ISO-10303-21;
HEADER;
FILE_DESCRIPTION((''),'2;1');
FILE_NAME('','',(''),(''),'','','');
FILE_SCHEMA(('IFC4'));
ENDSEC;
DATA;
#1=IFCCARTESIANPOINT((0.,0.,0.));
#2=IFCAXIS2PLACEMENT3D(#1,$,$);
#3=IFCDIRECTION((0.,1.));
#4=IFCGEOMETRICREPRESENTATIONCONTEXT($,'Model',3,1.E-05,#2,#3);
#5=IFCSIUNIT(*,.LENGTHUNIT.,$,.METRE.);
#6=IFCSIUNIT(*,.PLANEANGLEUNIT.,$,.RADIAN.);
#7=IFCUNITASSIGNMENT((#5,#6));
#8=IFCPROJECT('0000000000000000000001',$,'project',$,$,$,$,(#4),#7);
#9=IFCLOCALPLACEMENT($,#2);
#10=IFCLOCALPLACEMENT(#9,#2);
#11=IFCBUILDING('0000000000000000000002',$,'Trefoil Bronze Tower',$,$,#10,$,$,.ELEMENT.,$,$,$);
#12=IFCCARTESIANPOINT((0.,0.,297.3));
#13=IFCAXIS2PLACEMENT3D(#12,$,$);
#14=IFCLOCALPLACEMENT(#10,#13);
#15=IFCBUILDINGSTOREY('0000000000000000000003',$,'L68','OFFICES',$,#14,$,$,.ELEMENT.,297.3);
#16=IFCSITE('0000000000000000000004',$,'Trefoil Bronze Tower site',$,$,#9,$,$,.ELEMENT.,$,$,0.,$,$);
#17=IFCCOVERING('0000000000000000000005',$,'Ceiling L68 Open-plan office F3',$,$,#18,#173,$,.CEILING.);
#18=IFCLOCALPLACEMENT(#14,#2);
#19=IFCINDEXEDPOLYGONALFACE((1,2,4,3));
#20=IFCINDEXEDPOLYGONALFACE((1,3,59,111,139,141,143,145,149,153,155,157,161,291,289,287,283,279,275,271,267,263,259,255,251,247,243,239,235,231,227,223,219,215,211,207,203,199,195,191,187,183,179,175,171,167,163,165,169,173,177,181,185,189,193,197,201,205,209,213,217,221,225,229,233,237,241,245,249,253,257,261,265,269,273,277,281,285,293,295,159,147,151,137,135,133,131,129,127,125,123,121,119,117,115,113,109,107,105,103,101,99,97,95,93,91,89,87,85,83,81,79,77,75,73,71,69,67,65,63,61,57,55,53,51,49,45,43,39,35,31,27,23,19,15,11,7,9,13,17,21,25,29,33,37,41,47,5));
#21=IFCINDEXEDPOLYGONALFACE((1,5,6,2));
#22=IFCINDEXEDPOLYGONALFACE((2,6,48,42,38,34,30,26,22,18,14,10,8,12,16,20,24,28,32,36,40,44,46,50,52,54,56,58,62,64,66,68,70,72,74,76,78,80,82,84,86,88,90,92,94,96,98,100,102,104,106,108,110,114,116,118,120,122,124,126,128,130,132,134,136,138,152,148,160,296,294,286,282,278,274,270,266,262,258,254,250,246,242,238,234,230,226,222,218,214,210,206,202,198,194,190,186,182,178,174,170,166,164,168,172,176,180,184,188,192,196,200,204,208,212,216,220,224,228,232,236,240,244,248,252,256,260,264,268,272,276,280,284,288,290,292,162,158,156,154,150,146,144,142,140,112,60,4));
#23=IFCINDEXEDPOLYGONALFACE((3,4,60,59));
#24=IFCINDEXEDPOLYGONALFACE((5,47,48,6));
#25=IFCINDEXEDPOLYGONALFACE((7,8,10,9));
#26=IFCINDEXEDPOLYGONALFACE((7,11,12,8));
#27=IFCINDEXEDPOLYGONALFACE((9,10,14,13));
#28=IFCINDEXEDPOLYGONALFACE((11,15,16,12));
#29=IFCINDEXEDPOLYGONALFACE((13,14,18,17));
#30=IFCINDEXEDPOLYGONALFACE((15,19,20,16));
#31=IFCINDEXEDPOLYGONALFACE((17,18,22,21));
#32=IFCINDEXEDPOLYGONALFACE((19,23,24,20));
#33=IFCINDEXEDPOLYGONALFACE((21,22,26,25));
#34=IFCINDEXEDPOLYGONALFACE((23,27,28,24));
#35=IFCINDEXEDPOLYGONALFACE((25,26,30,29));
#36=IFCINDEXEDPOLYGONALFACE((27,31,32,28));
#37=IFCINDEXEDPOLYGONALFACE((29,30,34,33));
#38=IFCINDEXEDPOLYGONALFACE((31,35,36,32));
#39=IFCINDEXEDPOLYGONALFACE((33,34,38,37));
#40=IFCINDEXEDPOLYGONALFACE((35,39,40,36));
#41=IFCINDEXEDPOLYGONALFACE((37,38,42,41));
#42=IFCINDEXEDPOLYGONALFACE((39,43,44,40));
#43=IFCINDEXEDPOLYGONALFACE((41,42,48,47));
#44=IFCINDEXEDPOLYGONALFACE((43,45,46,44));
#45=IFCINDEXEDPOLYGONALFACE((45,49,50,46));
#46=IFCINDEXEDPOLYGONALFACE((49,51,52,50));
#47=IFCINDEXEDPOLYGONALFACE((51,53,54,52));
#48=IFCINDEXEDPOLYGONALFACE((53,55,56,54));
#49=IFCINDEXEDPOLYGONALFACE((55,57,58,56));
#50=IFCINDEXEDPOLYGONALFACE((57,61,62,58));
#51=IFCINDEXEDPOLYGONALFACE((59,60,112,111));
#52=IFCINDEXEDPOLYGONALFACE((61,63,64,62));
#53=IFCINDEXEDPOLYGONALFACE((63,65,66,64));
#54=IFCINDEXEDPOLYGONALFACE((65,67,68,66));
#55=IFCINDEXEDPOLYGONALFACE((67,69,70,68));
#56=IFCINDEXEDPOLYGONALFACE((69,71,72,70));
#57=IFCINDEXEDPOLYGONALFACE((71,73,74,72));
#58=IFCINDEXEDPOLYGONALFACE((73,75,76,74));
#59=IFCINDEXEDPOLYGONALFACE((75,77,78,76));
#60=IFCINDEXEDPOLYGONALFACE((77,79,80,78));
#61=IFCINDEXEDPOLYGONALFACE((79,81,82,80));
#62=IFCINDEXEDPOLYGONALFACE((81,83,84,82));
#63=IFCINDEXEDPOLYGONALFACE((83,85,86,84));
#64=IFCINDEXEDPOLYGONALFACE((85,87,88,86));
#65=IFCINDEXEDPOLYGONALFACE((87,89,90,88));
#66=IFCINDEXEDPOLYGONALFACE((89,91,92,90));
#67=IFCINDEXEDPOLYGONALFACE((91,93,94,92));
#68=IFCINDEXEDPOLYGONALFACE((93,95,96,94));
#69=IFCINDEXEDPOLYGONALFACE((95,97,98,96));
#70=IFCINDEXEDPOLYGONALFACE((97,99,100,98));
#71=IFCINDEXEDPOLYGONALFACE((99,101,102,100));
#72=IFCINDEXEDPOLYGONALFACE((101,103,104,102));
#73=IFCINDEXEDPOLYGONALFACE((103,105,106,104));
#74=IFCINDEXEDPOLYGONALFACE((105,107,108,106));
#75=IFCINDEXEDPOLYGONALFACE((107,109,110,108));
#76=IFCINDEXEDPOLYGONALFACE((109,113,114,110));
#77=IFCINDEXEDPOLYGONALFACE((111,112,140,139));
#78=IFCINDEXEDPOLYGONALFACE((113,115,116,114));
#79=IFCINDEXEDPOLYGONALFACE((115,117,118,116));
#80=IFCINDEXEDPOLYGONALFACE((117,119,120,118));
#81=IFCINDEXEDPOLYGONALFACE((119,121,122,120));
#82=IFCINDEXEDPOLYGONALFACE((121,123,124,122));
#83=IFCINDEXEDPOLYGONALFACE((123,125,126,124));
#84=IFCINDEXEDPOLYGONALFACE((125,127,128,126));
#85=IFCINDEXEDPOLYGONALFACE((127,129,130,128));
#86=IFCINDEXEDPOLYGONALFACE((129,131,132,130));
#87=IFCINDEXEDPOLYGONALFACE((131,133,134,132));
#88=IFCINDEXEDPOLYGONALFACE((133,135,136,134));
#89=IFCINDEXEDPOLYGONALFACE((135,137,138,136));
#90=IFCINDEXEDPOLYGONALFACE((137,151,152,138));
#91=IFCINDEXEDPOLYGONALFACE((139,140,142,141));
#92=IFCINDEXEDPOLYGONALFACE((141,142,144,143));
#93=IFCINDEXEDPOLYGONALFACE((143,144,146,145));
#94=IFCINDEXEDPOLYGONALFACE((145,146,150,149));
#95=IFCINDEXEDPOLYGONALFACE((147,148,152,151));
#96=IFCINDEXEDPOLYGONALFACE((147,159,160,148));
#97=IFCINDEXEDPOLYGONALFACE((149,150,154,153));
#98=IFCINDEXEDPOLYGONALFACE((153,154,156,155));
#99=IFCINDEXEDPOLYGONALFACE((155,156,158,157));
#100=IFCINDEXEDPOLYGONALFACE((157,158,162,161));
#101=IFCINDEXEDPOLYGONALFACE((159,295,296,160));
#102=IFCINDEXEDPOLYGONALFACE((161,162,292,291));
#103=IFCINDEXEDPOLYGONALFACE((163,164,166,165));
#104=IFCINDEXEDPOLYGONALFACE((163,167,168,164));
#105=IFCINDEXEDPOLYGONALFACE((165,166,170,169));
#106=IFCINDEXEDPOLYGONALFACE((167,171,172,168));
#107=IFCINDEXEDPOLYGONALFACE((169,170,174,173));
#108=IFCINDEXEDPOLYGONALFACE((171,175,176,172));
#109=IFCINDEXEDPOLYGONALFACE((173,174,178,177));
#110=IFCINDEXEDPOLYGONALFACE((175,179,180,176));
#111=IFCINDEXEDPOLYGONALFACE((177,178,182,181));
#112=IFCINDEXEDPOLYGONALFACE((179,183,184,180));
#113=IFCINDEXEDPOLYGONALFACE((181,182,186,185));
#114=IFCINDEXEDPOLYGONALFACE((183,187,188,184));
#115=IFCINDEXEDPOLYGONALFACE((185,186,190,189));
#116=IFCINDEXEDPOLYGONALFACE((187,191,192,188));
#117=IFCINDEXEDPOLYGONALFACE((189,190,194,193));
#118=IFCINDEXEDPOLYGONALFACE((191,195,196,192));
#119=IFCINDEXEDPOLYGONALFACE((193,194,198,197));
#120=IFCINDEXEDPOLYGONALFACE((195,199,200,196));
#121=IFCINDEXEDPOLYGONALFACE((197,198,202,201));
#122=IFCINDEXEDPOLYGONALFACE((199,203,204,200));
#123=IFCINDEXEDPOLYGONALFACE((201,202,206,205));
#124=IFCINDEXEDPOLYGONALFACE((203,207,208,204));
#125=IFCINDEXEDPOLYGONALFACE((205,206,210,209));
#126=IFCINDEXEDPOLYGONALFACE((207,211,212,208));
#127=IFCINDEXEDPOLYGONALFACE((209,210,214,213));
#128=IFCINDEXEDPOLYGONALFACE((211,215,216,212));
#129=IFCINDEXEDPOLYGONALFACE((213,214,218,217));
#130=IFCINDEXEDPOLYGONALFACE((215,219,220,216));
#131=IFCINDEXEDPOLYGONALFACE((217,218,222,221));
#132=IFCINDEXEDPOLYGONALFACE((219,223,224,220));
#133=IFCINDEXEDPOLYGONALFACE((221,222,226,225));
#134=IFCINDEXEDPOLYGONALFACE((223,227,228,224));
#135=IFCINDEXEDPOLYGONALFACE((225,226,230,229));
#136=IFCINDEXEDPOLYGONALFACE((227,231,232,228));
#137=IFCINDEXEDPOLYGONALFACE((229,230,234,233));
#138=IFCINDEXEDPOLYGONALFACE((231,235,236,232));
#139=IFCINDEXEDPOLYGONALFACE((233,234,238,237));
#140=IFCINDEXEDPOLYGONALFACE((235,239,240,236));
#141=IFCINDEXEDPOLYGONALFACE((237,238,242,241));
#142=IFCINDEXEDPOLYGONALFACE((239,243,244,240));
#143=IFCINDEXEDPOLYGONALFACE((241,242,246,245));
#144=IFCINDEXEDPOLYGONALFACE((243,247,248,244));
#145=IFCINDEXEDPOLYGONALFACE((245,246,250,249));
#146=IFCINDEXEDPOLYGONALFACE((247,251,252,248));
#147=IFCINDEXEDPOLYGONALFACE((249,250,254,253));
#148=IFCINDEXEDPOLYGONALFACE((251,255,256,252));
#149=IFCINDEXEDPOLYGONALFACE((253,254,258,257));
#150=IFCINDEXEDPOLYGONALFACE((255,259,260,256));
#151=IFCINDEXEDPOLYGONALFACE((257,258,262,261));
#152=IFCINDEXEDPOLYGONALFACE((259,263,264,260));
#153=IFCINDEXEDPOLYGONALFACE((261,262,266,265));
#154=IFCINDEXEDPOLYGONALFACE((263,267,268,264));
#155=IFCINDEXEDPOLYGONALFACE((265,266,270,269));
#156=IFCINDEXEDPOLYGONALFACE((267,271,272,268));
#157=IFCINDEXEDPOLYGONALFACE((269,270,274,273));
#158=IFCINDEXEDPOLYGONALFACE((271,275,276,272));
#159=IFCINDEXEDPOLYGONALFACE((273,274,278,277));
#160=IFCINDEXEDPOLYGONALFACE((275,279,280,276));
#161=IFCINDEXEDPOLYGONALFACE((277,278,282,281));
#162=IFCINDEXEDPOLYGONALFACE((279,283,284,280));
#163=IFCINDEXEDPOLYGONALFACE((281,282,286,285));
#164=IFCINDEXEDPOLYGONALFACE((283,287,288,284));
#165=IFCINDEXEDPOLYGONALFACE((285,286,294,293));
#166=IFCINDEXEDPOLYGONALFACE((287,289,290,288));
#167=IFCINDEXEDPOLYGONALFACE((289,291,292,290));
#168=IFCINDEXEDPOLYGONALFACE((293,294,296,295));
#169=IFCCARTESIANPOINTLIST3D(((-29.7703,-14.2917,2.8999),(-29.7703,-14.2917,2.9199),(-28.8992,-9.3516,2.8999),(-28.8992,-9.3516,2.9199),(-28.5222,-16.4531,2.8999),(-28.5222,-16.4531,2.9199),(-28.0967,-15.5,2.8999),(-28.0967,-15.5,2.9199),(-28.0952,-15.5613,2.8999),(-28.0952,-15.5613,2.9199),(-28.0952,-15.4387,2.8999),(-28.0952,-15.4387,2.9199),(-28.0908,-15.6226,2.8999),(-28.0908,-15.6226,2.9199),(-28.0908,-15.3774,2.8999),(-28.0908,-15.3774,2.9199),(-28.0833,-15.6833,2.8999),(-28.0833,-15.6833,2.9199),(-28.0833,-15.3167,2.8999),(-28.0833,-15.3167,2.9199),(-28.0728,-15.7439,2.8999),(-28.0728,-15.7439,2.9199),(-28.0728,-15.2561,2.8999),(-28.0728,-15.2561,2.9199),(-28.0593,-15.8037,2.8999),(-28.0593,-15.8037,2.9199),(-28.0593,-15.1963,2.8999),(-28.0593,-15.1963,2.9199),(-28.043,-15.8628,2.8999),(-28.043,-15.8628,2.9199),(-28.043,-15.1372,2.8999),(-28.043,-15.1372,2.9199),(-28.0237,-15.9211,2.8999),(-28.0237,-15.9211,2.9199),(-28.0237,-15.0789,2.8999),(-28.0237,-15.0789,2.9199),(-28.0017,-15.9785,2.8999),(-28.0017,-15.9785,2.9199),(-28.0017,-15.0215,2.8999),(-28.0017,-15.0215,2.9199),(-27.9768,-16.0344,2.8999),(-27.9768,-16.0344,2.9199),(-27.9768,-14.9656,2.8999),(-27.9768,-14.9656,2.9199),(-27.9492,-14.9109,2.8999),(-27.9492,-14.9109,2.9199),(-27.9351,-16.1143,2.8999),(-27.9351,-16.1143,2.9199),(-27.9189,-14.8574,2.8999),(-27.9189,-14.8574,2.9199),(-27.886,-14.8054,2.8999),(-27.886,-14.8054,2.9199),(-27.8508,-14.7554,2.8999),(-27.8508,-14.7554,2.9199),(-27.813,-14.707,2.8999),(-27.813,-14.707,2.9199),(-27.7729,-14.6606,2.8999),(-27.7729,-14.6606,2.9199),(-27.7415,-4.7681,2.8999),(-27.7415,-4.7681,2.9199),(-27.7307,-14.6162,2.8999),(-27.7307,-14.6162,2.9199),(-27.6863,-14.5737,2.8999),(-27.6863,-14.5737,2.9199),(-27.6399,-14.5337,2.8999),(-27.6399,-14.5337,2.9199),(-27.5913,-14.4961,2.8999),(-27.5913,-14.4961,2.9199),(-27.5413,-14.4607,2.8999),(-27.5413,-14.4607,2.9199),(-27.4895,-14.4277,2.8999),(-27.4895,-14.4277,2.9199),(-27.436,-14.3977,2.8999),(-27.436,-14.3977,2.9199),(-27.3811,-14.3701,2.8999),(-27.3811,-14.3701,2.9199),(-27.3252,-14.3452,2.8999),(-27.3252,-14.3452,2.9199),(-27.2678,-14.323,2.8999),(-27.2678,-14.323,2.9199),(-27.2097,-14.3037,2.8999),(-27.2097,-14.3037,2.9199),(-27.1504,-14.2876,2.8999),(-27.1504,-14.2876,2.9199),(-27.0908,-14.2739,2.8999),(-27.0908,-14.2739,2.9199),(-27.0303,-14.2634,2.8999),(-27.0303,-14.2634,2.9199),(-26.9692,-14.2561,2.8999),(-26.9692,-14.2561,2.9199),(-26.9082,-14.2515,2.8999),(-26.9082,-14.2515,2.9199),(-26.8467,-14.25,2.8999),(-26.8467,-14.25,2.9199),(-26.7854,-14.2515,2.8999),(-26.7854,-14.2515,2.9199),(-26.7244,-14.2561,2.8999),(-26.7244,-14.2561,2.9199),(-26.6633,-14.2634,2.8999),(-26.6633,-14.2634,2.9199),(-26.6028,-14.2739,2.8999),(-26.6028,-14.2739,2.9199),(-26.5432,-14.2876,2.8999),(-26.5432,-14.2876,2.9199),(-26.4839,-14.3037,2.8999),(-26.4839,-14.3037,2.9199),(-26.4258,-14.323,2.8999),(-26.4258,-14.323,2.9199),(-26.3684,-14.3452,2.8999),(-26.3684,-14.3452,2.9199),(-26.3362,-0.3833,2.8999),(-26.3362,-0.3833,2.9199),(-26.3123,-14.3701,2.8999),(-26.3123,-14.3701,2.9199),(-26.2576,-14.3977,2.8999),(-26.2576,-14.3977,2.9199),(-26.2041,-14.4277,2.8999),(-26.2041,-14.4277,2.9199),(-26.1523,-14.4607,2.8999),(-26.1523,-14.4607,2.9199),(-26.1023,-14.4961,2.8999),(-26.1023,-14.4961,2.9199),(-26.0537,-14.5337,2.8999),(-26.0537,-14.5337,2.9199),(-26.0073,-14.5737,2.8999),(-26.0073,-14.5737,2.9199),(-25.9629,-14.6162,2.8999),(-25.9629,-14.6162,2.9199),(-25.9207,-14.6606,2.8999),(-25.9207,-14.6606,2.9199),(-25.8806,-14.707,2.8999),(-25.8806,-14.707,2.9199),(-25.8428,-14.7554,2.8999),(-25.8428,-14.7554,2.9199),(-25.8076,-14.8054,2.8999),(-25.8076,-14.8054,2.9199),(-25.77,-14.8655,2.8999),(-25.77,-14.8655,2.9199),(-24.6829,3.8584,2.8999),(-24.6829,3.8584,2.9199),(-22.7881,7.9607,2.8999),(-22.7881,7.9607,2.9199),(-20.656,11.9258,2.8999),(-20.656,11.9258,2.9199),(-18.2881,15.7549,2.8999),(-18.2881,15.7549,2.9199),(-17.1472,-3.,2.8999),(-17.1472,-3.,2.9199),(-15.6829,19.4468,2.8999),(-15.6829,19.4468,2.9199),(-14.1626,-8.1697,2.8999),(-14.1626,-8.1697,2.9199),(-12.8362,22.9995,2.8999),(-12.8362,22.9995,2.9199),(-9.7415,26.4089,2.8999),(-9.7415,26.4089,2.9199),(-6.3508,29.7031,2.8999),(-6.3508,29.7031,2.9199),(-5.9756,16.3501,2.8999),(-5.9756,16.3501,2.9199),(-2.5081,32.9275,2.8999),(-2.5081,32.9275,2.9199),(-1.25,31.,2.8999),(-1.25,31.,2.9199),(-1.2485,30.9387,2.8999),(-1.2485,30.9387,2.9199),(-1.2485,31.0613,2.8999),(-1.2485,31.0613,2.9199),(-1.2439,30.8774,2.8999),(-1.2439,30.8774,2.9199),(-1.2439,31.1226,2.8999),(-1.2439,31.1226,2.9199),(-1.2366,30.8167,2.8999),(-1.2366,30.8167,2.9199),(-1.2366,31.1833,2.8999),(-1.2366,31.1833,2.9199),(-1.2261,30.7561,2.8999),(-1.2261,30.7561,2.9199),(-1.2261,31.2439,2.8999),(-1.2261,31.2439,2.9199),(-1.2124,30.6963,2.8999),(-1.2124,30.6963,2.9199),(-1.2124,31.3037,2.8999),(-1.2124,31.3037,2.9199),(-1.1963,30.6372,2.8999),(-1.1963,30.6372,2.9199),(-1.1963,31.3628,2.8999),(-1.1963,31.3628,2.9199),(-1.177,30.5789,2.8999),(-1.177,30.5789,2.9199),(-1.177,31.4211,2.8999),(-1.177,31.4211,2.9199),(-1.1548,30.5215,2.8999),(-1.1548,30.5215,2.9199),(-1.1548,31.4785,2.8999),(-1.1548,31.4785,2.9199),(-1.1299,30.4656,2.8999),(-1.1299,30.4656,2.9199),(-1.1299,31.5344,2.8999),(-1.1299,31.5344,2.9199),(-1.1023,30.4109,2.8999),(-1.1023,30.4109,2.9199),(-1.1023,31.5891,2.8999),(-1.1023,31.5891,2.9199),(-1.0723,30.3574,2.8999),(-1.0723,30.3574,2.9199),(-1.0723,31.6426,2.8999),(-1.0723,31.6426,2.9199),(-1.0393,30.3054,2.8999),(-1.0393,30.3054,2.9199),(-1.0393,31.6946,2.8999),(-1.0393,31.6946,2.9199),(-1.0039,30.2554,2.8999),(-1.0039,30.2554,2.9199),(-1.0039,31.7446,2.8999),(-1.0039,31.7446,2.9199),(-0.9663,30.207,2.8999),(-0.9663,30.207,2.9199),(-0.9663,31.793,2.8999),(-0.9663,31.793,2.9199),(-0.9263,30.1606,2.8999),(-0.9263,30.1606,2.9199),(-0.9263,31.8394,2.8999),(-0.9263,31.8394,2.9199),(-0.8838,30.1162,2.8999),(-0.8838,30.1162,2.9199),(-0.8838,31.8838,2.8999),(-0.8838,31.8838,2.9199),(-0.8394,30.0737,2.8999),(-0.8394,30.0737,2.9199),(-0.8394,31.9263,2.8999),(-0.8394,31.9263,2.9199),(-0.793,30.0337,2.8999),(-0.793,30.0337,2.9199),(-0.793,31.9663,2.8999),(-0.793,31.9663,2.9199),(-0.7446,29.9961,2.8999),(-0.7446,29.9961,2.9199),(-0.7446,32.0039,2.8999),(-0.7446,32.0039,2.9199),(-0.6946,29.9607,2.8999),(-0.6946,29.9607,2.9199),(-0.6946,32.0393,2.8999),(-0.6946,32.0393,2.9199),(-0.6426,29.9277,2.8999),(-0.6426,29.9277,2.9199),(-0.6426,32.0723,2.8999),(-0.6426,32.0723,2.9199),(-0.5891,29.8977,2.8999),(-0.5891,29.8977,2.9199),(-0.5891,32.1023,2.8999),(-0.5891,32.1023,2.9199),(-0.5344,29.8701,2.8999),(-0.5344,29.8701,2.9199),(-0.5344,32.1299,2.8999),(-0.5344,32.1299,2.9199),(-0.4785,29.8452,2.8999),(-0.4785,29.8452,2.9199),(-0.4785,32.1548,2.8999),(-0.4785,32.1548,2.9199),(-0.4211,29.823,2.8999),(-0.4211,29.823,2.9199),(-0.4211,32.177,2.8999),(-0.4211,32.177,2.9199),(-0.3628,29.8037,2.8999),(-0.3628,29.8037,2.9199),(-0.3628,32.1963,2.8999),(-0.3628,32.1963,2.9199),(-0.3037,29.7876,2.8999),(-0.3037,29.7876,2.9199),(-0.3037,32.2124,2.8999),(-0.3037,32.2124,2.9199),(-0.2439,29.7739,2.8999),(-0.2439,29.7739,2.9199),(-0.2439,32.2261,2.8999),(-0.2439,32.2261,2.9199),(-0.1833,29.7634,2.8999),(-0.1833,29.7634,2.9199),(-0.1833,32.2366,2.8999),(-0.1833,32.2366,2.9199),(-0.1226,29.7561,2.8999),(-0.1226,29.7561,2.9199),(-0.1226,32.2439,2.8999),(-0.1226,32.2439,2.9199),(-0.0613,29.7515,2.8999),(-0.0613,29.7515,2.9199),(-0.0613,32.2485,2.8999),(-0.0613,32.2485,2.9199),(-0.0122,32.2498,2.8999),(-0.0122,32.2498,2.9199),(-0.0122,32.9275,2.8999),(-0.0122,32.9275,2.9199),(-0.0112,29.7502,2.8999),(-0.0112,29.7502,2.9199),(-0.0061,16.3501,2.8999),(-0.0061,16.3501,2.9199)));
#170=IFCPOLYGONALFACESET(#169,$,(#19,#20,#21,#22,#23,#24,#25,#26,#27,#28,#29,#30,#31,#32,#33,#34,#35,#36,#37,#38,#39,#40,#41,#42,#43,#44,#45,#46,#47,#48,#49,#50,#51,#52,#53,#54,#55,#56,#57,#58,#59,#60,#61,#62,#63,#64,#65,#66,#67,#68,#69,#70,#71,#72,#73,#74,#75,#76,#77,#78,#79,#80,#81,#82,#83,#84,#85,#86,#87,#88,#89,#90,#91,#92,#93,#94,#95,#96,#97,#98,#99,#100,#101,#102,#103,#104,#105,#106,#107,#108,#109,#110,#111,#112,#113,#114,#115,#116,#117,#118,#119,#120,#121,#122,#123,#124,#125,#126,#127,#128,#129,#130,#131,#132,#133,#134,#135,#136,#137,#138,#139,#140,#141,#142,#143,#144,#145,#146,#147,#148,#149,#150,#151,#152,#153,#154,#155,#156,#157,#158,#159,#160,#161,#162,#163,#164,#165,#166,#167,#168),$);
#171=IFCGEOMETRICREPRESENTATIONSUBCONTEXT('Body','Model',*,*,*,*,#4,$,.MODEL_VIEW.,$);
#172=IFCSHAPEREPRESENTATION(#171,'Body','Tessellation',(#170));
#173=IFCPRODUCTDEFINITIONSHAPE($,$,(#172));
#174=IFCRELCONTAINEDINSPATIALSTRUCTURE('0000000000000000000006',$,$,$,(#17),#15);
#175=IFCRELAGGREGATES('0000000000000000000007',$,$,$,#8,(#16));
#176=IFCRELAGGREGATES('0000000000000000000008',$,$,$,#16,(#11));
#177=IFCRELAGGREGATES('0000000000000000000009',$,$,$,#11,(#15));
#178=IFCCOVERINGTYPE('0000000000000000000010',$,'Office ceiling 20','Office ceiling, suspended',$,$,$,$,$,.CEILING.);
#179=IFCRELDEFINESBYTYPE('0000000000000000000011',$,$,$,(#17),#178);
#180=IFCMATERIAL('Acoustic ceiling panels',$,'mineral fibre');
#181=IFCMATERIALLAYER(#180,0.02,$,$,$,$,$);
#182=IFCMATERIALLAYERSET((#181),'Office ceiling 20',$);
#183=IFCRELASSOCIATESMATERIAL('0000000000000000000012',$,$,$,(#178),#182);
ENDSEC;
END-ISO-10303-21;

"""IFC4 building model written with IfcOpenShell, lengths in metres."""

from ifc_helpers import new_model, si_unit, direction, frame, origin, place, context, subcontext, project, spatial, polyline, outline, extrude, material, layer, layer_set, type_object, element, save


model = new_model("IFC4")

# Units and contexts
model_context = context("Model", 3, precision=1e-05, world=origin(), true_north=direction((0.0, 1.0)))
body_context = subcontext(model_context, "Body", "Model", "MODEL_VIEW")
ifc_project = project(units=[si_unit("LENGTHUNIT", "METRE"), si_unit("PLANEANGLEUNIT", "RADIAN")], contexts=[model_context])

# Site, building, storey
site_placement = place(None, origin())
site = spatial("IfcSite", under=ifc_project, at=site_placement, Name="Trefoil Bronze Tower site", CompositionType="ELEMENT", RefElevation=0.0)
building_placement = place(site_placement, origin())
building = spatial("IfcBuilding", under=site, at=building_placement, Name="Trefoil Bronze Tower", CompositionType="ELEMENT")
storey_placement = place(building_placement, frame((0.0, 0.0, 297.3)))
storey = spatial("IfcBuildingStorey", under=building, at=storey_placement, Name="L68", Description="OFFICES", CompositionType="ELEMENT", Elevation=297.3)

# Covering
ifc_material_1 = material(Name="Acoustic ceiling panels", Category="mineral fibre")
ifc_layer_1 = layer(ifc_material_1, 0.02)
ifc_layer_set_1 = layer_set([ifc_layer_1], Name="Office ceiling 20")
covering_type_1 = type_object("IfcCoveringType", Name="Office ceiling 20", Description="Office ceiling, suspended", PredefinedType="CEILING", material=ifc_layer_set_1)
covering_1_placement = place(storey_placement, frame((0.0, 0.0, 2.8999)))
element("IfcCovering", 1, at=covering_1_placement, inside=storey, type_object=covering_type_1, Name="Ceiling L68 Open-plan office F3", PredefinedType="CEILING", context=body_context, shape_type="SweptSolid", body=[
    extrude(outline(polyline([(-27.7415, -4.7681), (-26.3362, -0.3833), (-24.6829, 3.8584), (-22.7881, 7.9607), (-20.656, 11.9258), (-18.2881, 15.7549), (-15.6829, 19.4468), (-12.8362, 22.9995), (-9.7415, 26.4089), (-6.3508, 29.7031), (-2.5081, 32.9275), (-0.0122, 32.9275), (-0.0122, 32.2498), (-0.0613, 32.2485), (-0.1226, 32.2439), (-0.1833, 32.2366), (-0.2439, 32.2261), (-0.3037, 32.2124), (-0.3628, 32.1963), (-0.4211, 32.177), (-0.4785, 32.1548), (-0.5344, 32.1299), (-0.5891, 32.1023), (-0.6426, 32.0723), (-0.6946, 32.0393), (-0.7446, 32.0039), (-0.793, 31.9663), (-0.8394, 31.9263), (-0.8838, 31.8838), (-0.9263, 31.8394), (-0.9663, 31.793), (-1.0039, 31.7446), (-1.0393, 31.6946), (-1.0723, 31.6426), (-1.1023, 31.5891), (-1.1299, 31.5344), (-1.1548, 31.4785), (-1.177, 31.4211), (-1.1963, 31.3628), (-1.2124, 31.3037), (-1.2261, 31.2439), (-1.2366, 31.1833), (-1.2439, 31.1226), (-1.2485, 31.0613), (-1.25, 31.0), (-1.2485, 30.9387), (-1.2439, 30.8774), (-1.2366, 30.8167), (-1.2261, 30.7561), (-1.2124, 30.6963), (-1.1963, 30.6372), (-1.177, 30.5789), (-1.1548, 30.5215), (-1.1299, 30.4656), (-1.1023, 30.4109), (-1.0723, 30.3574), (-1.0393, 30.3054), (-1.0039, 30.2554), (-0.9663, 30.207), (-0.9263, 30.1606), (-0.8838, 30.1162), (-0.8394, 30.0737), (-0.793, 30.0337), (-0.7446, 29.9961), (-0.6946, 29.9607), (-0.6426, 29.9277), (-0.5891, 29.8977), (-0.5344, 29.8701), (-0.4785, 29.8452), (-0.4211, 29.823), (-0.3628, 29.8037), (-0.3037, 29.7876), (-0.2439, 29.7739), (-0.1833, 29.7634), (-0.1226, 29.7561), (-0.0613, 29.7515), (-0.0112, 29.7502), (-0.0061, 16.3501), (-5.9756, 16.3501), (-17.1472, -3.0), (-14.1626, -8.1697), (-25.77, -14.8655), (-25.8076, -14.8054), (-25.8428, -14.7554), (-25.8806, -14.707), (-25.9207, -14.6606), (-25.9629, -14.6162), (-26.0073, -14.5737), (-26.0537, -14.5337), (-26.1023, -14.4961), (-26.1523, -14.4607), (-26.2041, -14.4277), (-26.2576, -14.3977), (-26.3123, -14.3701), (-26.3684, -14.3452), (-26.4258, -14.323), (-26.4839, -14.3037), (-26.5432, -14.2876), (-26.6028, -14.2739), (-26.6633, -14.2634), (-26.7244, -14.2561), (-26.7854, -14.2515), (-26.8467, -14.25), (-26.9082, -14.2515), (-26.9692, -14.2561), (-27.0303, -14.2634), (-27.0908, -14.2739), (-27.1504, -14.2876), (-27.2097, -14.3037), (-27.2678, -14.323), (-27.3252, -14.3452), (-27.3811, -14.3701), (-27.436, -14.3977), (-27.4895, -14.4277), (-27.5413, -14.4607), (-27.5913, -14.4961), (-27.6399, -14.5337), (-27.6863, -14.5737), (-27.7307, -14.6162), (-27.7729, -14.6606), (-27.813, -14.707), (-27.8508, -14.7554), (-27.886, -14.8054), (-27.9189, -14.8574), (-27.9492, -14.9109), (-27.9768, -14.9656), (-28.0017, -15.0215), (-28.0237, -15.0789), (-28.043, -15.1372), (-28.0593, -15.1963), (-28.0728, -15.2561), (-28.0833, -15.3167), (-28.0908, -15.3774), (-28.0952, -15.4387), (-28.0967, -15.5), (-28.0952, -15.5613), (-28.0908, -15.6226), (-28.0833, -15.6833), (-28.0728, -15.7439), (-28.0593, -15.8037), (-28.043, -15.8628), (-28.0237, -15.9211), (-28.0017, -15.9785), (-27.9768, -16.0344), (-27.9351, -16.1143), (-28.5222, -16.4531), (-29.7703, -14.2917), (-28.8992, -9.3516), (-27.7415, -4.7681)])), origin(), (0.0, 0.0, 1.0), 0.02),
])

save(model, "model.ifc")
